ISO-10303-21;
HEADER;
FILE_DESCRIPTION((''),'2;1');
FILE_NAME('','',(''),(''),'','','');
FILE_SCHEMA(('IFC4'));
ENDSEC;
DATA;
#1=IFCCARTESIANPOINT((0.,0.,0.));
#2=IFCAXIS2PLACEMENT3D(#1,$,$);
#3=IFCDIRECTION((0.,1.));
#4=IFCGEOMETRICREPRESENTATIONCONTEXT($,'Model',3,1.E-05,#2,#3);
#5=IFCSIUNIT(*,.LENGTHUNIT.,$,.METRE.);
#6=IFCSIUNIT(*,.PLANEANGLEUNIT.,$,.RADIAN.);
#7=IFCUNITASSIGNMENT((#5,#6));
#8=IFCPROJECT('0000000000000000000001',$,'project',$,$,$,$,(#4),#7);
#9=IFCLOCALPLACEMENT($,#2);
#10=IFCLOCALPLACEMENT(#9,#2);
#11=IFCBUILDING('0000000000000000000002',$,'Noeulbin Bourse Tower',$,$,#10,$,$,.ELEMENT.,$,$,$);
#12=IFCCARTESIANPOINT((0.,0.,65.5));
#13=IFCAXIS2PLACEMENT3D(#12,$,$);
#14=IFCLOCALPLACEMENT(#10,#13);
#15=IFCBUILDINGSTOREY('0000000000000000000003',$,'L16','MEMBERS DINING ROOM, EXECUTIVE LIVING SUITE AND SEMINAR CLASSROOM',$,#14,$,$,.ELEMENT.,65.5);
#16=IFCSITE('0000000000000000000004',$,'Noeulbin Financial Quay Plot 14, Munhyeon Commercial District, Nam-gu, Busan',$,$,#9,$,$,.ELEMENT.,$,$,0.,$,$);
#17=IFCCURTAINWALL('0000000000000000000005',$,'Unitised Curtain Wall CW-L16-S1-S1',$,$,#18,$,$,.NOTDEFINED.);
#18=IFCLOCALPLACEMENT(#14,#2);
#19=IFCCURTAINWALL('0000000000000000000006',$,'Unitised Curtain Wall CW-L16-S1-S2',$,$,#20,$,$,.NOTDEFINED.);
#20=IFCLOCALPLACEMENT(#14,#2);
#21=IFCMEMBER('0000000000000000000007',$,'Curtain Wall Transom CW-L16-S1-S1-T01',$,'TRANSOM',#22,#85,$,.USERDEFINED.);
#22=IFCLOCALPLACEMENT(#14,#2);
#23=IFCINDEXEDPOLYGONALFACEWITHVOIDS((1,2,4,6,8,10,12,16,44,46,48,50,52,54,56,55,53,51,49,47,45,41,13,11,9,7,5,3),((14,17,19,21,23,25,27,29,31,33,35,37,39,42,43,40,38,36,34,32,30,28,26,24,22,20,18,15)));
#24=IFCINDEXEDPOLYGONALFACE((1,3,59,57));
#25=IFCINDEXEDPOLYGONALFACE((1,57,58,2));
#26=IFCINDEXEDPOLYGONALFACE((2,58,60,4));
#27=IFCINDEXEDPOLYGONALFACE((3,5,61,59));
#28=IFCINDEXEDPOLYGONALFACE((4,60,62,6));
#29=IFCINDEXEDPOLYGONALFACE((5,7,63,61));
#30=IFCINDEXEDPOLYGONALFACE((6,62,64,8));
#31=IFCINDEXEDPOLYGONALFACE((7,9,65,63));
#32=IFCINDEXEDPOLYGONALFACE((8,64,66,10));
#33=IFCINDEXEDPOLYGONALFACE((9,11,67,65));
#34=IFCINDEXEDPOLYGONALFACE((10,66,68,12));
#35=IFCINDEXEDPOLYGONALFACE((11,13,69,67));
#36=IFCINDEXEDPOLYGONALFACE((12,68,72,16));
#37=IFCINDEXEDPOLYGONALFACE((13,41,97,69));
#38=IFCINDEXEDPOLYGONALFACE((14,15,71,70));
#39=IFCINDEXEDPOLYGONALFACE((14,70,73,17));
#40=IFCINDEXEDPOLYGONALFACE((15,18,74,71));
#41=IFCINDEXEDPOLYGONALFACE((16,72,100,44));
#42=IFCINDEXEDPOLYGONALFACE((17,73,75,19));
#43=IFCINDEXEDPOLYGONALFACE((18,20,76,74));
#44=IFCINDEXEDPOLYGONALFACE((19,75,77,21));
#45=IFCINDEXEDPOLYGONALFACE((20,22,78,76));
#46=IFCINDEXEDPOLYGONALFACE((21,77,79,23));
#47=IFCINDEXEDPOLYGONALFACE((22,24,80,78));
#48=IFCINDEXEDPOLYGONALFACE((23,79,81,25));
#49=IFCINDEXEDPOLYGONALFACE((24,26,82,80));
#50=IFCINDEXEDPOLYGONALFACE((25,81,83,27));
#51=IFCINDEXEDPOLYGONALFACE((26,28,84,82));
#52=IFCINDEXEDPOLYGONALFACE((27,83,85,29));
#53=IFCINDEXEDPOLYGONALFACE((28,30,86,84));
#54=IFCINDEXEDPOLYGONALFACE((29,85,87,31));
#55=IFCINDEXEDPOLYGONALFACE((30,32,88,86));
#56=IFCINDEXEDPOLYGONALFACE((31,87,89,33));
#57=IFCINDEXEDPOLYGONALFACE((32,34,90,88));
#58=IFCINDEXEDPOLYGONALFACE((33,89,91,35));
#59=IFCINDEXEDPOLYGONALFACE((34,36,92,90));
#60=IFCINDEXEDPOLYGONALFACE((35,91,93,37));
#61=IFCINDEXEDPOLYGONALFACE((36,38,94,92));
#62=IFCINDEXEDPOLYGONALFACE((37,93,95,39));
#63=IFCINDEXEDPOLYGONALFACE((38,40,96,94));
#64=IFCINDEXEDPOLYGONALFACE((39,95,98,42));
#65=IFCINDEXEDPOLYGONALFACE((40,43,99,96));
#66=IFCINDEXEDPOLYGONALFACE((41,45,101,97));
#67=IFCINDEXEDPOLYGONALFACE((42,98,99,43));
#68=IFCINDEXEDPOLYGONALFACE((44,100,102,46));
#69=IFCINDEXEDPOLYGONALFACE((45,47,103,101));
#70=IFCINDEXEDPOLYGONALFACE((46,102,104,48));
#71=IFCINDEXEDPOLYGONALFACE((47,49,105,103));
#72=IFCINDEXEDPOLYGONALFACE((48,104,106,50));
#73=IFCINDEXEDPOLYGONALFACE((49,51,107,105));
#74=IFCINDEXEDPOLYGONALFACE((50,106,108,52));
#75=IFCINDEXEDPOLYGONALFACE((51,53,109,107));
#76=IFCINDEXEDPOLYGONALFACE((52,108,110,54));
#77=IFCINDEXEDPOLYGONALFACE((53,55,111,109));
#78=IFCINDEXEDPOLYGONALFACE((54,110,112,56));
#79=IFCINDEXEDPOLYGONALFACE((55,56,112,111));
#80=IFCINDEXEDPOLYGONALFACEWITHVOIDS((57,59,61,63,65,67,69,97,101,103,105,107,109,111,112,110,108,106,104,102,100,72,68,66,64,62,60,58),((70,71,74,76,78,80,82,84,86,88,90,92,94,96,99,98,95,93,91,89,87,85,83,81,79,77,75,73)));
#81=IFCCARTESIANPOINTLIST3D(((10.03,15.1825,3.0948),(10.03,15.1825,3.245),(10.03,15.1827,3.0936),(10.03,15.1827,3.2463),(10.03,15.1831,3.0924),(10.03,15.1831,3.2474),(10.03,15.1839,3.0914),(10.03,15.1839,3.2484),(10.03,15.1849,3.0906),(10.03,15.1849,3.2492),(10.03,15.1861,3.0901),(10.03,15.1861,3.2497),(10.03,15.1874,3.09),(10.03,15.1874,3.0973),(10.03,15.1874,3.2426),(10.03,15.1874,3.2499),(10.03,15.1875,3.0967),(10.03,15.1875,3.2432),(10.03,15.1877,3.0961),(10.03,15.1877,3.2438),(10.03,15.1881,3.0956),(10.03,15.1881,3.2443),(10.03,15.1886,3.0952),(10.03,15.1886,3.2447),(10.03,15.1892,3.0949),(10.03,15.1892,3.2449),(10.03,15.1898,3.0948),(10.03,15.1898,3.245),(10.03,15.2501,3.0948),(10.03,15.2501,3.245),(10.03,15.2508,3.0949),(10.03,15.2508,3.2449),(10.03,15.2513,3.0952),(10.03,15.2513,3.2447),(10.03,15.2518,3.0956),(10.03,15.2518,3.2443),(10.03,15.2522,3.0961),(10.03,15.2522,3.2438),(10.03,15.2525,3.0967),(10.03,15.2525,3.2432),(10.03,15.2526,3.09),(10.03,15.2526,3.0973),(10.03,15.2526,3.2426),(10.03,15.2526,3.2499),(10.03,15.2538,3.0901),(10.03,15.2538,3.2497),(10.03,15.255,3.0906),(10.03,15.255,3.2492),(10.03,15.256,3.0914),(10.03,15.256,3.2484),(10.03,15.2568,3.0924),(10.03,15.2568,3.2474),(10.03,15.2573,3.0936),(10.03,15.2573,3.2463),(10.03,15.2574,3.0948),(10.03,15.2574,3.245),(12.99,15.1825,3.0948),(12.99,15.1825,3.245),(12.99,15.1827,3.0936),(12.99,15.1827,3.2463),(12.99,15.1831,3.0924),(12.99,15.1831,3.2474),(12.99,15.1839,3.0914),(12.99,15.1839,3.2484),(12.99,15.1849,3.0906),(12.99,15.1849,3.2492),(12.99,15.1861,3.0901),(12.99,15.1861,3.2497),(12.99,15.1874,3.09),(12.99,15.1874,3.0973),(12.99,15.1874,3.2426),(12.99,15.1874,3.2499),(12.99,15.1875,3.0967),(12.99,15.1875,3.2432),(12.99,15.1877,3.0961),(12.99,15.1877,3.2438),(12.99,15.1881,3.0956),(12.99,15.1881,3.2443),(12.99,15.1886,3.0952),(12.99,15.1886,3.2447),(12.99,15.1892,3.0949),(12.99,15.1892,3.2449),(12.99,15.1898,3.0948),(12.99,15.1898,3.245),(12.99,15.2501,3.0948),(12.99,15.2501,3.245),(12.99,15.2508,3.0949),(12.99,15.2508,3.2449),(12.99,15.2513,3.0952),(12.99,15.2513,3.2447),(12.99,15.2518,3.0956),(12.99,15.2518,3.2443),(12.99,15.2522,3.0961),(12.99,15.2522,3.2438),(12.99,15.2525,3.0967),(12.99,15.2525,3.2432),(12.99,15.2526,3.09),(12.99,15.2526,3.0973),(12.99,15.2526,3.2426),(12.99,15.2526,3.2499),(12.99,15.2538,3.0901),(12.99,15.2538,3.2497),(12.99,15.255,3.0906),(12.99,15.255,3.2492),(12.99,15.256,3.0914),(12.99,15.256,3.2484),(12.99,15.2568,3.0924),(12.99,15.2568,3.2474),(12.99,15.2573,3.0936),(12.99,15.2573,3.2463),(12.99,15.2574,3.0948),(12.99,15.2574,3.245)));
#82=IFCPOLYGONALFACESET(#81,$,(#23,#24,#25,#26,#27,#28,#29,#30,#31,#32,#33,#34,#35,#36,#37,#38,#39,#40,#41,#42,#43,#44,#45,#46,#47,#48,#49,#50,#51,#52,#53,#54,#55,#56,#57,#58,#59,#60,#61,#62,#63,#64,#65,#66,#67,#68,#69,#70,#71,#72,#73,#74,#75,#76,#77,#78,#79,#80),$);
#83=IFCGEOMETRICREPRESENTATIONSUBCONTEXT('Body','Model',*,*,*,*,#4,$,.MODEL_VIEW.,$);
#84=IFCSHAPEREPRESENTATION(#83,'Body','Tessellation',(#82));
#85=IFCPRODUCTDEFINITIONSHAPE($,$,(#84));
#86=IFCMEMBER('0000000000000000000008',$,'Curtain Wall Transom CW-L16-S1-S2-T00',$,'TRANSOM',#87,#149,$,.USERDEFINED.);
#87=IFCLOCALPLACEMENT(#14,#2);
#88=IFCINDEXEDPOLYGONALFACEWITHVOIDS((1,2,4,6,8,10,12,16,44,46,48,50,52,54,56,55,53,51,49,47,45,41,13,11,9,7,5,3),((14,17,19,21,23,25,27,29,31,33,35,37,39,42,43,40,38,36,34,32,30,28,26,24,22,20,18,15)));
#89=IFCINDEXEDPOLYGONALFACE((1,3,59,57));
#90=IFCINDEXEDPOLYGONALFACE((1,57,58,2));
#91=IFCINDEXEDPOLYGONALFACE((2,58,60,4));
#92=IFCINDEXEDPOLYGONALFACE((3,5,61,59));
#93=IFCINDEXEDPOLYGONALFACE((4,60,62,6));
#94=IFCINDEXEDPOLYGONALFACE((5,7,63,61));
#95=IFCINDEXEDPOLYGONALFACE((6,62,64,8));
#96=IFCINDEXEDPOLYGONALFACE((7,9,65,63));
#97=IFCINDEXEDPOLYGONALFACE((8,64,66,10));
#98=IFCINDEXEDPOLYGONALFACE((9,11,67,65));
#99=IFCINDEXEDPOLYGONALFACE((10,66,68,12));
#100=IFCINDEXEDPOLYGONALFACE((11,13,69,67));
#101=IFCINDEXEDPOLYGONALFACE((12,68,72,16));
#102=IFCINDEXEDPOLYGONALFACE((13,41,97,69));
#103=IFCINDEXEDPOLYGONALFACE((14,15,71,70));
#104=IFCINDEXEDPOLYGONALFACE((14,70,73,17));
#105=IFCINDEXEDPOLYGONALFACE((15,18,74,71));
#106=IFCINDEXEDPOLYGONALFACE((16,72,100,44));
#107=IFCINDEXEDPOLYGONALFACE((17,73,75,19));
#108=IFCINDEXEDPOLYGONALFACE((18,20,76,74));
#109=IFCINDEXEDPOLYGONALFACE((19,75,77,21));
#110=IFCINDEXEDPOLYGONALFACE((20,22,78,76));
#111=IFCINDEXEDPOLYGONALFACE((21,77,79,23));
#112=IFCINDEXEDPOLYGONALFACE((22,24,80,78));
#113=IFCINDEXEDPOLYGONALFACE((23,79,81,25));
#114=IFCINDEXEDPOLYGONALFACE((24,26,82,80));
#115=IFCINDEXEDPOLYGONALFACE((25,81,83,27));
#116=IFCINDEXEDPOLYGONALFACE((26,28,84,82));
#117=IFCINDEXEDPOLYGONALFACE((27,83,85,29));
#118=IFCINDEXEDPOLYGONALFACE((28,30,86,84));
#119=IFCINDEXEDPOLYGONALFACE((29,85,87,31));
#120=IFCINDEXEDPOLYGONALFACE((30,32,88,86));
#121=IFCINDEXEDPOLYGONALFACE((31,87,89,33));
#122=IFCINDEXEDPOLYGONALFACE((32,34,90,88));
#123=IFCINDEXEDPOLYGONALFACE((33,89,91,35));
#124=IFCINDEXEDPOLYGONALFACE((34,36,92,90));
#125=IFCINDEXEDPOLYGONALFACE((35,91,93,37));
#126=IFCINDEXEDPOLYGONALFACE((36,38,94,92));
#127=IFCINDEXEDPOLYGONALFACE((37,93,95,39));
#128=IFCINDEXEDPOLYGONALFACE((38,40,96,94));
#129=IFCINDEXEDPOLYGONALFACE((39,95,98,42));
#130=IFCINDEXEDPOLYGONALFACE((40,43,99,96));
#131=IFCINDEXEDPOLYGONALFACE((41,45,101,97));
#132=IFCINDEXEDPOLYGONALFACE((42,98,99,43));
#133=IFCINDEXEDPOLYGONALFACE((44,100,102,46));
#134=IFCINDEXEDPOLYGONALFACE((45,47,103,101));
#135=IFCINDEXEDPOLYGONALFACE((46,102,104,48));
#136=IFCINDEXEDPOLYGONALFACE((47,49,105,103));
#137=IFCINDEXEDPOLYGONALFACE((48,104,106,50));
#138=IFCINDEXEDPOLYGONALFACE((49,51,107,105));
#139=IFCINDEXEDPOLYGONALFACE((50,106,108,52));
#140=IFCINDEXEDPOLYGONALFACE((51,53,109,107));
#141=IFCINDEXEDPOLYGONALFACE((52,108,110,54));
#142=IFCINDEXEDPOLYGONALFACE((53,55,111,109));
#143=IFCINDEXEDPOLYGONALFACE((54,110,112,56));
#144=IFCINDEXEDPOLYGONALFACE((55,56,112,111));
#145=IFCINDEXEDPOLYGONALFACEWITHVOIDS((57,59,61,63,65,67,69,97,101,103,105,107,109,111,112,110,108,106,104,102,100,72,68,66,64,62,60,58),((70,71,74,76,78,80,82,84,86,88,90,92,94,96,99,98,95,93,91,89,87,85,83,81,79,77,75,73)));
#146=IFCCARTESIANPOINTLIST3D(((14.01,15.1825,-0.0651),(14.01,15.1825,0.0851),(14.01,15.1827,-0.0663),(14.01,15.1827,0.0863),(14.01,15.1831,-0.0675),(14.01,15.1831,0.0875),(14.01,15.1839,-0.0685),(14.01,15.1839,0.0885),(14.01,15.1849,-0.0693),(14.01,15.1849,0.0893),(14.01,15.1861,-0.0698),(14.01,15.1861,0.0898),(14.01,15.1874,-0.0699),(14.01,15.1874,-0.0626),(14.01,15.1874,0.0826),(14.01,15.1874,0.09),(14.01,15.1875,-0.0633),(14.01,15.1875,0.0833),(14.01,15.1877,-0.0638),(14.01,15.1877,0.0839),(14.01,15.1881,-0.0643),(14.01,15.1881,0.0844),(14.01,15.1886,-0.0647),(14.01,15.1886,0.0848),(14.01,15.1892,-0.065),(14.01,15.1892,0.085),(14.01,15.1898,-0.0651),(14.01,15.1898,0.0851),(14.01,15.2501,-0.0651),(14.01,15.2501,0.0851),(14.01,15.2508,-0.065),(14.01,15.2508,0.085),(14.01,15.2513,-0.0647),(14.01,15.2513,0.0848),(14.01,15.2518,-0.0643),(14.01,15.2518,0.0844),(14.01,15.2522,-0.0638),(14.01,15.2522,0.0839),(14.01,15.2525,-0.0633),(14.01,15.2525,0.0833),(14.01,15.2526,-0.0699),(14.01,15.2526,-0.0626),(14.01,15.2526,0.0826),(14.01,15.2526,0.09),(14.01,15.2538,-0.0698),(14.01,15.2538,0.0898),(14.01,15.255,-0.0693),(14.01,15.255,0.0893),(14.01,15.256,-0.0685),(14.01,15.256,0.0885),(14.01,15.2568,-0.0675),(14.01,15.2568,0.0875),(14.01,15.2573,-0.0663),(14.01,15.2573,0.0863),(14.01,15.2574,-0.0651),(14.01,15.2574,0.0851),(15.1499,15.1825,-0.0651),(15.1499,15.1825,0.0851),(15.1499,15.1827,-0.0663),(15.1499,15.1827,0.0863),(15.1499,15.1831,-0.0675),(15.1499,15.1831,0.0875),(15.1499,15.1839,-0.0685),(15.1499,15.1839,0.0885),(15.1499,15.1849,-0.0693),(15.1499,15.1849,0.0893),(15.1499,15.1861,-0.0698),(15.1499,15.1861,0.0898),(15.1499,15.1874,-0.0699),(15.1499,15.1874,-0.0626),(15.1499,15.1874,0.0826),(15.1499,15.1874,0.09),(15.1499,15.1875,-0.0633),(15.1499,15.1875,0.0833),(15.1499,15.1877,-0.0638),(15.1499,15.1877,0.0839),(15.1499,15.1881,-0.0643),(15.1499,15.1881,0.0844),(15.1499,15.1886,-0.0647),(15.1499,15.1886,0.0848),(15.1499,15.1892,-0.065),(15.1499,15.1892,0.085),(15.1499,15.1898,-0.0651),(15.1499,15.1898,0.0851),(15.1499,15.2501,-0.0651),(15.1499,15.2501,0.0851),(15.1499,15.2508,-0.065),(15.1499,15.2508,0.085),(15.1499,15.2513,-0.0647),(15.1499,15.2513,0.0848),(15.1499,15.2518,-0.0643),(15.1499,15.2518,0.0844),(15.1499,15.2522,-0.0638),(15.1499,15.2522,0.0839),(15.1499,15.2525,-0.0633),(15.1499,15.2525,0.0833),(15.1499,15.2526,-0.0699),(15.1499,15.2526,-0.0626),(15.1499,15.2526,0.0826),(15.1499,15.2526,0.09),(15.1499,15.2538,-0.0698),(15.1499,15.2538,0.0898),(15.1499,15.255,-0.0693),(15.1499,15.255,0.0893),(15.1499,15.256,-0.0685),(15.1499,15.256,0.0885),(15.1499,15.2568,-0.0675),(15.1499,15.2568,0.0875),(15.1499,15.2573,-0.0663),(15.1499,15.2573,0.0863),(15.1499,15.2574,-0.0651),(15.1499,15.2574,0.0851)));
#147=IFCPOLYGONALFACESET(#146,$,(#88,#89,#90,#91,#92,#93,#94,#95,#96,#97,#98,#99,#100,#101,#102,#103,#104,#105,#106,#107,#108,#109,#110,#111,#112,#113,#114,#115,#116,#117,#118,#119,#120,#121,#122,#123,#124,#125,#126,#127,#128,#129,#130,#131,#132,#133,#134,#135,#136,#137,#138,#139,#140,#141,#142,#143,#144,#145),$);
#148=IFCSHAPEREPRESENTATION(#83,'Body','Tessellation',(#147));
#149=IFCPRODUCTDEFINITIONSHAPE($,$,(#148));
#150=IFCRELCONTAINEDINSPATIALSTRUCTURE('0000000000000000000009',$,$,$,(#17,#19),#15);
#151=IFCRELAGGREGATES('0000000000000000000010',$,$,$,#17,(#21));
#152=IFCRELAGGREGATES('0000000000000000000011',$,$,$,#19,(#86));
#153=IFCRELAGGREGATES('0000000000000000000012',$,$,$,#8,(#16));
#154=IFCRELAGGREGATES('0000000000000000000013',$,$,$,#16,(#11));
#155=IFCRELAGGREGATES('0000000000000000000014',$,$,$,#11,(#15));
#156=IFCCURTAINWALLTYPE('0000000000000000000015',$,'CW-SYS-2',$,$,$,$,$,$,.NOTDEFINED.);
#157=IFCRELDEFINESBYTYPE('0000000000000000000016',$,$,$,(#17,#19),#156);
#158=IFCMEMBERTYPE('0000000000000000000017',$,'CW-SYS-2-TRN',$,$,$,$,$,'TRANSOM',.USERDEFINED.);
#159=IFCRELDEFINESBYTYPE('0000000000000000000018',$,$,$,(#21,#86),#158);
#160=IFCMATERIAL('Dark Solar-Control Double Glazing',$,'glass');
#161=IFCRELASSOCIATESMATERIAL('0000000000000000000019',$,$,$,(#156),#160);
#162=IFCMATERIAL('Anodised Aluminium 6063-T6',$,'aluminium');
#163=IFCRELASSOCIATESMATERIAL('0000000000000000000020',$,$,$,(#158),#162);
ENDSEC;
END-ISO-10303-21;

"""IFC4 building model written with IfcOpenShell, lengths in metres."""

from ifc_helpers import new_model, si_unit, direction, frame, origin, origin_2d, place, context, subcontext, project, spatial, hollow_rectangle, extrude, material, material_profile, profile_set, type_object, element, aggregate, save


model = new_model("IFC4")

# Units and contexts
model_context = context("Model", 3, precision=1e-05, world=origin(), true_north=direction((0.0, 1.0)))
body_context = subcontext(model_context, "Body", "Model", "MODEL_VIEW")
ifc_project = project(units=[si_unit("LENGTHUNIT", "METRE"), si_unit("PLANEANGLEUNIT", "RADIAN")], contexts=[model_context])

# Site, building, storey
site_placement = place(None, origin())
site = spatial("IfcSite", under=ifc_project, at=site_placement, Name="Noeulbin Financial Quay Plot 14, Munhyeon Commercial District, Nam-gu, Busan", CompositionType="ELEMENT", RefElevation=0.0)
building_placement = place(site_placement, origin())
building = spatial("IfcBuilding", under=site, at=building_placement, Name="Noeulbin Bourse Tower", CompositionType="ELEMENT")
storey_placement = place(building_placement, frame((0.0, 0.0, 65.5)))
storey = spatial("IfcBuildingStorey", under=building, at=storey_placement, Name="L16", Description="MEMBERS DINING ROOM, EXECUTIVE LIVING SUITE AND SEMINAR CLASSROOM", CompositionType="ELEMENT", Elevation=65.5)

# Curtain walls
ifc_material_1 = material(Name="Dark Solar-Control Double Glazing", Category="glass")
curtain_wall_type = type_object("IfcCurtainWallType", Name="CW-SYS-2", PredefinedType="NOTDEFINED", material=ifc_material_1)
curtain_wall_1_placement = place(storey_placement, origin())
curtain_wall_1 = element("IfcCurtainWall", 1, at=curtain_wall_1_placement, inside=storey, type_object=curtain_wall_type, Name="Unitised Curtain Wall CW-L16-S1-S1", PredefinedType="NOTDEFINED")
ifc_material_2 = material(Name="Anodised Aluminium 6063-T6", Category="aluminium")
curtain_wall_2_placement = place(storey_placement, origin())
curtain_wall_2 = element("IfcCurtainWall", 2, at=curtain_wall_2_placement, inside=storey, type_object=curtain_wall_type, Name="Unitised Curtain Wall CW-L16-S1-S2", PredefinedType="NOTDEFINED")

# Members
ifc_material_profile_1 = material_profile(ifc_material_2, hollow_rectangle(XDim=0.075, YDim=0.1599, WallThickness=0.0049, InnerFilletRadius=0.0024, OuterFilletRadius=0.0049, at=origin_2d()), Name="ALU-TRAN-75x160x5", Category="LoadBearing")
ifc_profile_set_1 = profile_set([ifc_material_profile_1], Name="Anodised Aluminium 6063-T6")
member_type_1 = type_object("IfcMemberType", Name="CW-SYS-2-TRN", ElementType="TRANSOM", PredefinedType="USERDEFINED", material=ifc_profile_set_1)
member_1_placement = place(storey_placement, frame((10.03, 15.22, 3.1699), z_axis=(1.0, 0.0, 0.0), x_axis=(0.0, 1.0, 0.0)))
member_1 = element("IfcMember", 3, at=member_1_placement, type_object=member_type_1, Name="Curtain Wall Transom CW-L16-S1-S1-T01", ObjectType="TRANSOM", PredefinedType="USERDEFINED", context=body_context, shape_type="SweptSolid", body=[
    extrude(hollow_rectangle(XDim=0.075, YDim=0.1599, WallThickness=0.0049, InnerFilletRadius=0.0024, OuterFilletRadius=0.0049, at=origin_2d()), origin(), (0.0, 0.0, 1.0), 2.96),
])
member_2_placement = place(storey_placement, frame((14.01, 15.22, 0.01), z_axis=(1.0, 0.0, 0.0), x_axis=(0.0, 1.0, 0.0)))
member_2 = element("IfcMember", 4, at=member_2_placement, type_object=member_type_1, Name="Curtain Wall Transom CW-L16-S1-S2-T00", ObjectType="TRANSOM", PredefinedType="USERDEFINED", context=body_context, shape_type="SweptSolid", body=[
    extrude(hollow_rectangle(XDim=0.075, YDim=0.1599, WallThickness=0.0049, InnerFilletRadius=0.0024, OuterFilletRadius=0.0049, at=origin_2d()), origin(), (0.0, 0.0, 1.0), 1.1399),
])

aggregate(curtain_wall_1, [member_1])
aggregate(curtain_wall_2, [member_2])

save(model, "model.ifc")
